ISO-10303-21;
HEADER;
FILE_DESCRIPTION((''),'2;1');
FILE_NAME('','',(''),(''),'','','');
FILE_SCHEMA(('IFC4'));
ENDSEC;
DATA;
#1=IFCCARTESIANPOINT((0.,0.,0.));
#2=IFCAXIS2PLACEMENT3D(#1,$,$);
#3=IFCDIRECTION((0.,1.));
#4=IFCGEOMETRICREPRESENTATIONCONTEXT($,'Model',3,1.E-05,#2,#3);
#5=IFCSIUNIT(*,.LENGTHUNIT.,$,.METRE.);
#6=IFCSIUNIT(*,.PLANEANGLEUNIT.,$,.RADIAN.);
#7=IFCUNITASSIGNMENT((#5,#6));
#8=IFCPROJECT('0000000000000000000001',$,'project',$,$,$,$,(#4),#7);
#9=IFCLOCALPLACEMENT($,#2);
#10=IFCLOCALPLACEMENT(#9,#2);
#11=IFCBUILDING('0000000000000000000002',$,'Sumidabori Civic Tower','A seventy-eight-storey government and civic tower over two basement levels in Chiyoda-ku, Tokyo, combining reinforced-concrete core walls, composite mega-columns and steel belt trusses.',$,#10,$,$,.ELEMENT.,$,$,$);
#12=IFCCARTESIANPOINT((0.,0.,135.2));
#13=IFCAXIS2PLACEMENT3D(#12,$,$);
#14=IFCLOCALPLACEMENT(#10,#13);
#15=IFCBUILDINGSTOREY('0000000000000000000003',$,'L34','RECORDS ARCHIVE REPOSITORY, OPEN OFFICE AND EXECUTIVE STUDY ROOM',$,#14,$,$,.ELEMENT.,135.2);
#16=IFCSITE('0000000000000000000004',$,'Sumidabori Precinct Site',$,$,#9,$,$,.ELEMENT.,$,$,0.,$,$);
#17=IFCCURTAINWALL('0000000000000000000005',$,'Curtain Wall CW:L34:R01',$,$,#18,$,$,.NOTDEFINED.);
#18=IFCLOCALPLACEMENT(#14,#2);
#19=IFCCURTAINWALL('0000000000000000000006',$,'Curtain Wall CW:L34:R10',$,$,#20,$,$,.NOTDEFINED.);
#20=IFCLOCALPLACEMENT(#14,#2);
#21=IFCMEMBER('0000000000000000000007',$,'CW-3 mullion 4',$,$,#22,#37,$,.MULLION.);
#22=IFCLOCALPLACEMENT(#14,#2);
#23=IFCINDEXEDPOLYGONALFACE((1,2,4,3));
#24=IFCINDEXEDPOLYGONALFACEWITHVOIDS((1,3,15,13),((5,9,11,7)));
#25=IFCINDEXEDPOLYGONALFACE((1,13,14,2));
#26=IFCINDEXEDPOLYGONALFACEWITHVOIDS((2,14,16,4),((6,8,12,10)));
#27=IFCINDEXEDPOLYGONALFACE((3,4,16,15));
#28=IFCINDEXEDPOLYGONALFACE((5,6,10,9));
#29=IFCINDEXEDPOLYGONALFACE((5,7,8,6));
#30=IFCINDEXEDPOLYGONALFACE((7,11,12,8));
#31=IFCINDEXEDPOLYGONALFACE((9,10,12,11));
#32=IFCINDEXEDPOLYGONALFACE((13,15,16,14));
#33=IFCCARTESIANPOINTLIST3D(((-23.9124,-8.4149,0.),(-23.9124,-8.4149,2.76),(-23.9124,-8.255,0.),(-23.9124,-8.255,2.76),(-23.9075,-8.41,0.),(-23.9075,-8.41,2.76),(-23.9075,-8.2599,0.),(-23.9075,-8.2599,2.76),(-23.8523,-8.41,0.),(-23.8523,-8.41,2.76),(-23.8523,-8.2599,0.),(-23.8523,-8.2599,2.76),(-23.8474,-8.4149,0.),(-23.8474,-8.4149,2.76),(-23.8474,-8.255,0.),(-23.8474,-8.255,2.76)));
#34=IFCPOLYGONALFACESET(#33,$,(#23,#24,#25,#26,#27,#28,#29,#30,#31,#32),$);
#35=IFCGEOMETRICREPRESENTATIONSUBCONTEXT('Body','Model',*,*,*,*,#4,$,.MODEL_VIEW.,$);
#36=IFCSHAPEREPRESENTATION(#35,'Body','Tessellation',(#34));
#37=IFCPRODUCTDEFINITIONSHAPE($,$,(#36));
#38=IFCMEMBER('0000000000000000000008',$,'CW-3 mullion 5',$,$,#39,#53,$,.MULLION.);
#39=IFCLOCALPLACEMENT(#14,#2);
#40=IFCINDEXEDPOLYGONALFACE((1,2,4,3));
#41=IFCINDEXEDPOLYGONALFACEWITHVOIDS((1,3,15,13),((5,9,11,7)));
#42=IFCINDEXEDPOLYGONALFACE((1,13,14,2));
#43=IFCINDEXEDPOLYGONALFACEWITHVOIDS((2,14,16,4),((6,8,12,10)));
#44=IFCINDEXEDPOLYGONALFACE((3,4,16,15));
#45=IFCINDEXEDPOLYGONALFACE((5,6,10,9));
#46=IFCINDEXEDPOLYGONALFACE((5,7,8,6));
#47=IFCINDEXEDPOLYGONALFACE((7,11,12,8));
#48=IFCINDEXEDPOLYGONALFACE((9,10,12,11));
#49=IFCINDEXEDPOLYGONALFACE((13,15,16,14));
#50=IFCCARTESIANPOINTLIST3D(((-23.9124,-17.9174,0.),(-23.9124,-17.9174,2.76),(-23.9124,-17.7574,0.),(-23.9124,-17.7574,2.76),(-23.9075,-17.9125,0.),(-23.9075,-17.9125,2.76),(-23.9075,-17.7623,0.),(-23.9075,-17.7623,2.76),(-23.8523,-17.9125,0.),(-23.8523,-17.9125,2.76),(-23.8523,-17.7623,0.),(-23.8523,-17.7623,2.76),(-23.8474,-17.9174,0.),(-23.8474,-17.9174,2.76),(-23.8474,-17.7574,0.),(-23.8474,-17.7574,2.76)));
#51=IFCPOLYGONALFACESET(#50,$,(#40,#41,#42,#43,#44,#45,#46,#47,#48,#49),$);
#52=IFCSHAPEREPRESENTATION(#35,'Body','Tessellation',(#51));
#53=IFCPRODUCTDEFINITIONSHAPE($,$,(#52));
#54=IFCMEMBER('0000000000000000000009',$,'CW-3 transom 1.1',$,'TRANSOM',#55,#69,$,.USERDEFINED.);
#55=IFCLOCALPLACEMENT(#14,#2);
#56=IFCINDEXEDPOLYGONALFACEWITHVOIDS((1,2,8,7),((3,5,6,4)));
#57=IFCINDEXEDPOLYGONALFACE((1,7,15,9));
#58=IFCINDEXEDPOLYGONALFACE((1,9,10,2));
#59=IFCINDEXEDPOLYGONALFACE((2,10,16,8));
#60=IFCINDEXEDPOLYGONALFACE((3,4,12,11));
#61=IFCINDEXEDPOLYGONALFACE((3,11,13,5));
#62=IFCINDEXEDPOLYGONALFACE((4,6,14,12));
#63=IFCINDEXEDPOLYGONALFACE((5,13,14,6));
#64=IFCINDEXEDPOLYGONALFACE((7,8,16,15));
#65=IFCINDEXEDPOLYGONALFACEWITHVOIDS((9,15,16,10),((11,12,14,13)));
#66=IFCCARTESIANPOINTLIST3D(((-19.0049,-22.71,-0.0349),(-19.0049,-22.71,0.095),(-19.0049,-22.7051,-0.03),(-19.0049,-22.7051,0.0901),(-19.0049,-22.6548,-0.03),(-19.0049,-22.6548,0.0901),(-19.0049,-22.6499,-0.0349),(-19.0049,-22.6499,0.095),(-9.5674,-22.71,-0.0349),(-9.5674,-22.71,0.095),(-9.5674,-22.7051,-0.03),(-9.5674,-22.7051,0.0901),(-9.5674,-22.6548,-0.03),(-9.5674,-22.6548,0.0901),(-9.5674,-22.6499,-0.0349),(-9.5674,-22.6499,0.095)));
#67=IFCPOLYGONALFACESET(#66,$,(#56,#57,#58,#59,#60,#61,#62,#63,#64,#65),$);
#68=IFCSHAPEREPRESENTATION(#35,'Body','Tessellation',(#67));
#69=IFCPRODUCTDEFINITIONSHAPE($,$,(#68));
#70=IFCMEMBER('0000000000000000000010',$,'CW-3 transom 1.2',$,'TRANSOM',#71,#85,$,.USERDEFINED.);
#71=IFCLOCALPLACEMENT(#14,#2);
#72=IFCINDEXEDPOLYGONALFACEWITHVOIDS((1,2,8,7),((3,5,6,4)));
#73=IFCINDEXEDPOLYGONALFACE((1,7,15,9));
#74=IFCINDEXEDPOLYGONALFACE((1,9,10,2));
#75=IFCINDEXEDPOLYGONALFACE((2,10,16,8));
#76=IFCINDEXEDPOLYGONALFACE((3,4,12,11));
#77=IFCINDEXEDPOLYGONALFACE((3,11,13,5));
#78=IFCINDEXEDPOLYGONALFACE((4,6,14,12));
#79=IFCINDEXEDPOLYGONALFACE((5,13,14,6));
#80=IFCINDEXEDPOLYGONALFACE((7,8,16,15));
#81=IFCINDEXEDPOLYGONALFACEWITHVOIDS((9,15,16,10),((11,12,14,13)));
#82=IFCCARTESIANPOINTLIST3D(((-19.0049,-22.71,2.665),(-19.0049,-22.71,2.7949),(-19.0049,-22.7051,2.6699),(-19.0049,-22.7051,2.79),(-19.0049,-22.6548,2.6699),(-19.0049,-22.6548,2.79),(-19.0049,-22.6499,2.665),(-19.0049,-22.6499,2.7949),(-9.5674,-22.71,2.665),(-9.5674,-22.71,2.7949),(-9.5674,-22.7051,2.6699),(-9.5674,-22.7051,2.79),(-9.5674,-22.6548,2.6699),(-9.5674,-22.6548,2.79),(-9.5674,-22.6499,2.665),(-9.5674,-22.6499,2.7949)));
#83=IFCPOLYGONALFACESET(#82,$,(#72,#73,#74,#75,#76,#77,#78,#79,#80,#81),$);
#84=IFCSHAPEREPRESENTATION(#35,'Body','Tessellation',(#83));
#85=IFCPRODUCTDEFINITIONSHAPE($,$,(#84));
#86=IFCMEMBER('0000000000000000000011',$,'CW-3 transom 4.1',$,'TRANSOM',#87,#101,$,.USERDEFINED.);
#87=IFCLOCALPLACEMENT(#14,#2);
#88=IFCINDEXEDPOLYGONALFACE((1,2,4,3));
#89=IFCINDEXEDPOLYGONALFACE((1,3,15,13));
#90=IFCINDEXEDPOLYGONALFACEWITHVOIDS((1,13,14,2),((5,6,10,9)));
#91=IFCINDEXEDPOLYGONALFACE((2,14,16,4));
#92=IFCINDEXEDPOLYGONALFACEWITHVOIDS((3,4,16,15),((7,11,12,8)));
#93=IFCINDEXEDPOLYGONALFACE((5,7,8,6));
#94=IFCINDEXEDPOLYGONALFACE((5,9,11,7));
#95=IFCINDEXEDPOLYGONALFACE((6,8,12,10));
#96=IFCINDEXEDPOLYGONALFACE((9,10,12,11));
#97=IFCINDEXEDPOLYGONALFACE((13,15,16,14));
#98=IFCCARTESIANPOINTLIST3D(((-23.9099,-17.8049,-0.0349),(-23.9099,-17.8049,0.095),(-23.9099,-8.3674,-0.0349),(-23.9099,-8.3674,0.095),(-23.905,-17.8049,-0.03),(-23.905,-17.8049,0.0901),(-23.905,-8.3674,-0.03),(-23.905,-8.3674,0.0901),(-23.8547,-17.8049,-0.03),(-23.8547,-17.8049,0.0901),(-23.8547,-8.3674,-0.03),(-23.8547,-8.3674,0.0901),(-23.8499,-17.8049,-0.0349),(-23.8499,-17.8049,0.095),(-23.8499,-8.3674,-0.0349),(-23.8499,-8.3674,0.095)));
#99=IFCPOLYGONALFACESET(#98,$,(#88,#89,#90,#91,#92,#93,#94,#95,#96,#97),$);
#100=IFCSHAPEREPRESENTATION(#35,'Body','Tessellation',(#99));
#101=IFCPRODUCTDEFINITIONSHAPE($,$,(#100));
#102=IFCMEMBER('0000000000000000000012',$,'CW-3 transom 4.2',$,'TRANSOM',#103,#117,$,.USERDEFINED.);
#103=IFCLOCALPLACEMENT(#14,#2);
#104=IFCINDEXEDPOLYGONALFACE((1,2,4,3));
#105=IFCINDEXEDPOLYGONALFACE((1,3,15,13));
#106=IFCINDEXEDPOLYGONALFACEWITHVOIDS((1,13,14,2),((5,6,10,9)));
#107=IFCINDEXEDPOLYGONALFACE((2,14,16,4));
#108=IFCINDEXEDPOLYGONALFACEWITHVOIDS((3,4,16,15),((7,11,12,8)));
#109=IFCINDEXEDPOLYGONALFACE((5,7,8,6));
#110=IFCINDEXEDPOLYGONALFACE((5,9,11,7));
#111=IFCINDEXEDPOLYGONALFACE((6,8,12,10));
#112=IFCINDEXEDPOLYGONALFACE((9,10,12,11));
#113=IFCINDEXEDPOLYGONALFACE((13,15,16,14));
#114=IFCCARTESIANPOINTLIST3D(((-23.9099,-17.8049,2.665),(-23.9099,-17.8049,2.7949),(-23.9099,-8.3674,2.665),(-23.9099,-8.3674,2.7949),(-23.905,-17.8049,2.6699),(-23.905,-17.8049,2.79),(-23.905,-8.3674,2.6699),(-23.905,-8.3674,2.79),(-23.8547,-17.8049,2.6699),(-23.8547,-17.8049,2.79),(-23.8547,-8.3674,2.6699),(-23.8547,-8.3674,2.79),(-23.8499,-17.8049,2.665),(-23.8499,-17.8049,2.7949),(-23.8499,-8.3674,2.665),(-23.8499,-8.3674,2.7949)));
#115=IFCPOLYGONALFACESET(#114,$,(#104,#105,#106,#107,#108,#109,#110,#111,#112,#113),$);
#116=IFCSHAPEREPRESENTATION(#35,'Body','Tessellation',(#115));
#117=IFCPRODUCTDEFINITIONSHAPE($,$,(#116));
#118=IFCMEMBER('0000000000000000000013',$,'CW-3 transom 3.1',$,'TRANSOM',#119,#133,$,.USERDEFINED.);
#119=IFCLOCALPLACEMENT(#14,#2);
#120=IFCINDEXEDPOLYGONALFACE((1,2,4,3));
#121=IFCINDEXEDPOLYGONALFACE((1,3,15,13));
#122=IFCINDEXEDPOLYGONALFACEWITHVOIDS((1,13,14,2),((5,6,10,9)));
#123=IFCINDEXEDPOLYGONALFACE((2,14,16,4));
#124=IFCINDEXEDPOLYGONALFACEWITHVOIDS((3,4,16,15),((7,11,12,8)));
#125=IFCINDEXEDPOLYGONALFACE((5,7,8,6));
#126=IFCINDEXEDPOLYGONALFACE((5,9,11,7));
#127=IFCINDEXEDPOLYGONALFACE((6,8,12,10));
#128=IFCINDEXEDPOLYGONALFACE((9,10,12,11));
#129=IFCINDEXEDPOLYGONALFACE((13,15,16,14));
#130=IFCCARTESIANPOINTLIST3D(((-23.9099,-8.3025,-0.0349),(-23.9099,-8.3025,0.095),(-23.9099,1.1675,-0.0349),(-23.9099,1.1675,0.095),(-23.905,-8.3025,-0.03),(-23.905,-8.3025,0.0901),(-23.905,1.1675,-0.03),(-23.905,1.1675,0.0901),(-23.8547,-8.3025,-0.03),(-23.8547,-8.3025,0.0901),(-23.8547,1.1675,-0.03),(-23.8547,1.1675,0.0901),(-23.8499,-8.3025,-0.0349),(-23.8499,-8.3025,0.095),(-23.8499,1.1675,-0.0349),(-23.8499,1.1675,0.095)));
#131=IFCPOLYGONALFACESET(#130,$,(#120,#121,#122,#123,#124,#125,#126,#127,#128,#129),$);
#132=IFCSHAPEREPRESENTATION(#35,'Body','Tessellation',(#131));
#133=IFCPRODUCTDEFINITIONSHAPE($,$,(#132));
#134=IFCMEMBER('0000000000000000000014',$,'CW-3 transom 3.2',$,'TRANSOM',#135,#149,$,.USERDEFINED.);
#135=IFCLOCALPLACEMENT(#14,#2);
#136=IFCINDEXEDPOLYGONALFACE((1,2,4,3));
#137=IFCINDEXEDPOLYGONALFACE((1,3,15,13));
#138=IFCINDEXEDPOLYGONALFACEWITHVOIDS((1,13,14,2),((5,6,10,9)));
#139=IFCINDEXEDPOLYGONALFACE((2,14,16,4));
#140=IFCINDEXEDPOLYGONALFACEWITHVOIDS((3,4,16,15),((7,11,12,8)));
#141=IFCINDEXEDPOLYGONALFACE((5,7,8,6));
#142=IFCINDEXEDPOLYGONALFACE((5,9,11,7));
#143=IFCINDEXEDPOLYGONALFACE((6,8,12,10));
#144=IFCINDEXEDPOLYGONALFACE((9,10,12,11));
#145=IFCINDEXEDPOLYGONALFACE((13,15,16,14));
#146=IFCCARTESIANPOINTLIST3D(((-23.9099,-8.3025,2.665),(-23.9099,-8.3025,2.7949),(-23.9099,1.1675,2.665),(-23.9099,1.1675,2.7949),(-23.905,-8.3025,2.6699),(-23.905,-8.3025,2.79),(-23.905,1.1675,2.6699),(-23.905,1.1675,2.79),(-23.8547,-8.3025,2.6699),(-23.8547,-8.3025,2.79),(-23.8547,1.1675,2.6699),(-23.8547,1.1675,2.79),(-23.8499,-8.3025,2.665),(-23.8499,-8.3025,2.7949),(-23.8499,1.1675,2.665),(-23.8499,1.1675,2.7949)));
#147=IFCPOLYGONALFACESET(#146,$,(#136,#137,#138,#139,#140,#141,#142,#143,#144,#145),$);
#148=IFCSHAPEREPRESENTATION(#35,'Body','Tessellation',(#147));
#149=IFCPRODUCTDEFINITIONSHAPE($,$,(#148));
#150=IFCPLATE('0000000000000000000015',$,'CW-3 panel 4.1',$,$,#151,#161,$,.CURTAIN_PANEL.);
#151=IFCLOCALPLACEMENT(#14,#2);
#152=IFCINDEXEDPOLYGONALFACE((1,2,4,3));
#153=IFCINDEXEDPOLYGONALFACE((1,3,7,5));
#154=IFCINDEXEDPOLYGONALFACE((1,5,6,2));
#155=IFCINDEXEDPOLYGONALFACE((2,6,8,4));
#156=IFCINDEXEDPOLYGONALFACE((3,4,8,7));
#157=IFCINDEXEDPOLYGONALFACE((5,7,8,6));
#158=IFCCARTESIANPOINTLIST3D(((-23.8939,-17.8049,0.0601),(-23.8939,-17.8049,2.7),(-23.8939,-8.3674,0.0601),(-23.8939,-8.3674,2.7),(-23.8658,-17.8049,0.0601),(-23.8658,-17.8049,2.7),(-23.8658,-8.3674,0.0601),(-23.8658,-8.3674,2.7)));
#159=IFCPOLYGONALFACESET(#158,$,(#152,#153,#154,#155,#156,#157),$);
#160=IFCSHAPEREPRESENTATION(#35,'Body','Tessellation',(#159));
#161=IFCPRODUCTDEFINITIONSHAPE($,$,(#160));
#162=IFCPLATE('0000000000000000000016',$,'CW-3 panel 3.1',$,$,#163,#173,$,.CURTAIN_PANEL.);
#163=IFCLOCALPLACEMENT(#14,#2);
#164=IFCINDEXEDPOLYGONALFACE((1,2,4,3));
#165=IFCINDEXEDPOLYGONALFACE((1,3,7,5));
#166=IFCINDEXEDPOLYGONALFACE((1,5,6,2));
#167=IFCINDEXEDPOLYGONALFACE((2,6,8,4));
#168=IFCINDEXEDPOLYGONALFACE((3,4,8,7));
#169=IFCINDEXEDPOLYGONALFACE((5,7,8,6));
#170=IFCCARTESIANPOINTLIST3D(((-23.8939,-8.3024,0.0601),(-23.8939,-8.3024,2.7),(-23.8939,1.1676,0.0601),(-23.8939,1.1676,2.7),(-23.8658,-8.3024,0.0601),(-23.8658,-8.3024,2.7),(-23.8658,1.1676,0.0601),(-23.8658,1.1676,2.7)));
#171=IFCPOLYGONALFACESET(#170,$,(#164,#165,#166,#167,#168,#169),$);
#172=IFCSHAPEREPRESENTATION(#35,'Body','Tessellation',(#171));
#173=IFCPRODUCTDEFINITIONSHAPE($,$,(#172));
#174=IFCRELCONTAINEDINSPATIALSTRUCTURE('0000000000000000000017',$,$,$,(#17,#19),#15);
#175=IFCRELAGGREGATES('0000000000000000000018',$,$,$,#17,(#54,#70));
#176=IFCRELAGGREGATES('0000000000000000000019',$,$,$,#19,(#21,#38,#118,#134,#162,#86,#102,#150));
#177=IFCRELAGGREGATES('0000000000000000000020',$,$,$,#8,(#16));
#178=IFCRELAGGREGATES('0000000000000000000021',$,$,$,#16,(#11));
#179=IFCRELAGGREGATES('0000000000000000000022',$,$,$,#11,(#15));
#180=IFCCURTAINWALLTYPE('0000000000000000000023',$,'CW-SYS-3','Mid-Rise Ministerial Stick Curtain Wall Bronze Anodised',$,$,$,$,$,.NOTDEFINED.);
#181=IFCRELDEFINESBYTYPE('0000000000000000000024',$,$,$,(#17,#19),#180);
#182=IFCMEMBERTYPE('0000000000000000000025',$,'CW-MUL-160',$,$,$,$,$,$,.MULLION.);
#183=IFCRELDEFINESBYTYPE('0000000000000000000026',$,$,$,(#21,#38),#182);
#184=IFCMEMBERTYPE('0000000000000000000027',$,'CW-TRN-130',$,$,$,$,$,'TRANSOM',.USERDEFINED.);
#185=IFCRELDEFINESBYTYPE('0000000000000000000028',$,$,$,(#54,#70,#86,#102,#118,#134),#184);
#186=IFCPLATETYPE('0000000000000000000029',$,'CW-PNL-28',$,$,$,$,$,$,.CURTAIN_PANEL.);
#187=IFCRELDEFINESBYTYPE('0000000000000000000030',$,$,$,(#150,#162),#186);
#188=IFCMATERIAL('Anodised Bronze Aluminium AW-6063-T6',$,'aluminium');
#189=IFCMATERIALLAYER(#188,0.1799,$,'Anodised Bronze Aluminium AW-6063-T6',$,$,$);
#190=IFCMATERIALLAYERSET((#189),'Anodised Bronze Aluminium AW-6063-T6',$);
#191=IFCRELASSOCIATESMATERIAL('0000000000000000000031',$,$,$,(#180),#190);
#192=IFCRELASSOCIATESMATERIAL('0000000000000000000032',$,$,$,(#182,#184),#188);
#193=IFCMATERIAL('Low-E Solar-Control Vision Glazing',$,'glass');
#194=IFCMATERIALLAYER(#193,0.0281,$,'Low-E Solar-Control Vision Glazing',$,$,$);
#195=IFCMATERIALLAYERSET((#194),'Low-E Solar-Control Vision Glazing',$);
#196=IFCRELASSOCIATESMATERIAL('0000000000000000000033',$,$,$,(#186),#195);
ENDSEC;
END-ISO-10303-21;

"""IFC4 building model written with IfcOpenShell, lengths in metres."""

from ifc_helpers import new_model, si_unit, direction, frame, origin, origin_2d, place, context, subcontext, project, spatial, rectangle, hollow_rectangle, extrude, source, transform, mapped, material, layer, layer_set, material_profile, profile_set, type_object, element, aggregate, save


model = new_model("IFC4")

# Units and contexts
model_context = context("Model", 3, precision=1e-05, world=origin(), true_north=direction((0.0, 1.0)))
body_context = subcontext(model_context, "Body", "Model", "MODEL_VIEW")
ifc_project = project(units=[si_unit("LENGTHUNIT", "METRE"), si_unit("PLANEANGLEUNIT", "RADIAN")], contexts=[model_context])

# Site, building, storey
site_placement = place(None, origin())
site = spatial("IfcSite", under=ifc_project, at=site_placement, Name="Sumidabori Precinct Site", CompositionType="ELEMENT", RefElevation=0.0)
building_placement = place(site_placement, origin())
building = spatial("IfcBuilding", under=site, at=building_placement, Name="Sumidabori Civic Tower", Description="A seventy-eight-storey government and civic tower over two basement levels in Chiyoda-ku, Tokyo, combining reinforced-concrete core walls, composite mega-columns and steel belt trusses.", CompositionType="ELEMENT")
storey_placement = place(building_placement, frame((0.0, 0.0, 135.2)))
storey = spatial("IfcBuildingStorey", under=building, at=storey_placement, Name="L34", Description="RECORDS ARCHIVE REPOSITORY, OPEN OFFICE AND EXECUTIVE STUDY ROOM", CompositionType="ELEMENT", Elevation=135.2)

# Curtain wall
ifc_material_1 = material(Name="Anodised Bronze Aluminium AW-6063-T6", Category="aluminium")
ifc_layer_1 = layer(ifc_material_1, 0.1799, Name="Anodised Bronze Aluminium AW-6063-T6")
ifc_layer_set_1 = layer_set([ifc_layer_1], Name="Anodised Bronze Aluminium AW-6063-T6")
curtain_wall_type = type_object("IfcCurtainWallType", Name="CW-SYS-3", Description="Mid-Rise Ministerial Stick Curtain Wall Bronze Anodised", PredefinedType="NOTDEFINED", material=ifc_layer_set_1)
curtain_wall_1_placement = place(storey_placement, origin())
curtain_wall_1 = element("IfcCurtainWall", 1, at=curtain_wall_1_placement, inside=storey, type_object=curtain_wall_type, Name="Curtain Wall CW:L34:R01", PredefinedType="NOTDEFINED")
ifc_material_profile_1 = material_profile(ifc_material_1, hollow_rectangle(XDim=0.0649, YDim=0.1599, WallThickness=0.0049, at=origin_2d()), Name="ALU MULLION 160x65")
ifc_profile_set_1 = profile_set([ifc_material_profile_1], Name="Anodised Bronze Aluminium AW-6063-T6")
member_type_1 = type_object("IfcMemberType", Name="CW-MUL-160", PredefinedType="MULLION", material=ifc_profile_set_1)
shared_shape_1 = source(origin(), body_context, "Body", "SweptSolid", [
    extrude(hollow_rectangle(XDim=0.0649, YDim=0.1599, WallThickness=0.0049, at=origin_2d()), origin(), (0.0, 0.0, 1.0), 2.76),
])

# Curtain wall, members
curtain_wall_2_placement = place(storey_placement, origin())
curtain_wall_2 = element("IfcCurtainWall", 2, at=curtain_wall_2_placement, inside=storey, type_object=curtain_wall_type, Name="Curtain Wall CW:L34:R10", PredefinedType="NOTDEFINED")
member_1_placement = place(storey_placement, frame((-23.8799, -8.335, 0.0), z_axis=(0.0, 0.0, 1.0), x_axis=(1.0, 0.0, 0.0)))
member_1 = element("IfcMember", 3, at=member_1_placement, type_object=member_type_1, Name="CW-3 mullion 4", PredefinedType="MULLION", context=body_context, shape_type="MappedRepresentation", body=[
    mapped(shared_shape_1, transform((0.0, 0.0, 0.0), x_axis=(1.0, 0.0, 0.0), y_axis=(0.0, 1.0, 0.0), z_axis=(0.0, 0.0, 1.0), scale=1.0)),
])
member_2_placement = place(storey_placement, frame((-23.8799, -17.8374, 0.0), z_axis=(0.0, 0.0, 1.0), x_axis=(1.0, 0.0, 0.0)))
member_2 = element("IfcMember", 4, at=member_2_placement, type_object=member_type_1, Name="CW-3 mullion 5", PredefinedType="MULLION", context=body_context, shape_type="MappedRepresentation", body=[
    mapped(shared_shape_1, transform((0.0, 0.0, 0.0), x_axis=(1.0, 0.0, 0.0), y_axis=(0.0, 1.0, 0.0), z_axis=(0.0, 0.0, 1.0), scale=1.0)),
])

# Members
ifc_material_profile_2 = material_profile(ifc_material_1, hollow_rectangle(XDim=0.0601, YDim=0.1299, WallThickness=0.0049, at=origin_2d()), Name="ALU TRANSOM 130x60")
ifc_profile_set_2 = profile_set([ifc_material_profile_2], Name="Anodised Bronze Aluminium AW-6063-T6")
member_type_2 = type_object("IfcMemberType", Name="CW-TRN-130", ElementType="TRANSOM", PredefinedType="USERDEFINED", material=ifc_profile_set_2)
shared_shape_2 = source(origin(), body_context, "Body", "SweptSolid", [
    extrude(hollow_rectangle(XDim=0.0601, YDim=0.1299, WallThickness=0.0049, at=origin_2d()), origin(), (0.0, 0.0, 1.0), 9.4375),
])
member_3_placement = place(storey_placement, frame((-19.0049, -22.6799, 0.03), z_axis=(1.0, 0.0, 0.0), x_axis=(0.0, 1.0, 0.0)))
member_3 = element("IfcMember", 5, at=member_3_placement, type_object=member_type_2, Name="CW-3 transom 1.1", ObjectType="TRANSOM", PredefinedType="USERDEFINED", context=body_context, shape_type="MappedRepresentation", body=[
    mapped(shared_shape_2, transform((0.0, 0.0, 0.0), x_axis=(1.0, 0.0, 0.0), y_axis=(0.0, 1.0, 0.0), z_axis=(0.0, 0.0, 1.0), scale=1.0)),
])
member_4_placement = place(storey_placement, frame((-19.0049, -22.6799, 2.73), z_axis=(1.0, 0.0, 0.0), x_axis=(0.0, 1.0, 0.0)))
member_4 = element("IfcMember", 6, at=member_4_placement, type_object=member_type_2, Name="CW-3 transom 1.2", ObjectType="TRANSOM", PredefinedType="USERDEFINED", context=body_context, shape_type="MappedRepresentation", body=[
    mapped(shared_shape_2, transform((0.0, 0.0, 0.0), x_axis=(1.0, 0.0, 0.0), y_axis=(0.0, 1.0, 0.0), z_axis=(0.0, 0.0, 1.0), scale=1.0)),
])
aggregate(curtain_wall_1, [member_3, member_4])
member_5_placement = place(storey_placement, frame((-23.8799, -8.3674, 0.03), z_axis=(0.0, -1.0, 0.0), x_axis=(1.0, 0.0, 0.0)))
member_5 = element("IfcMember", 7, at=member_5_placement, type_object=member_type_2, Name="CW-3 transom 4.1", ObjectType="TRANSOM", PredefinedType="USERDEFINED", context=body_context, shape_type="MappedRepresentation", body=[
    mapped(shared_shape_2, transform((0.0, 0.0, 0.0), x_axis=(1.0, 0.0, 0.0), y_axis=(0.0, 1.0, 0.0), z_axis=(0.0, 0.0, 1.0), scale=1.0)),
])
member_6_placement = place(storey_placement, frame((-23.8799, -8.3674, 2.73), z_axis=(0.0, -1.0, 0.0), x_axis=(1.0, 0.0, 0.0)))
member_6 = element("IfcMember", 8, at=member_6_placement, type_object=member_type_2, Name="CW-3 transom 4.2", ObjectType="TRANSOM", PredefinedType="USERDEFINED", context=body_context, shape_type="MappedRepresentation", body=[
    mapped(shared_shape_2, transform((0.0, 0.0, 0.0), x_axis=(1.0, 0.0, 0.0), y_axis=(0.0, 1.0, 0.0), z_axis=(0.0, 0.0, 1.0), scale=1.0)),
])
shared_shape_3 = source(origin(), body_context, "Body", "SweptSolid", [
    extrude(hollow_rectangle(XDim=0.0601, YDim=0.1299, WallThickness=0.0049, at=origin_2d()), origin(), (0.0, 0.0, 1.0), 9.47),
])
member_7_placement = place(storey_placement, frame((-23.8799, 1.1675, 0.03), z_axis=(0.0, -1.0, 0.0), x_axis=(1.0, 0.0, 0.0)))
member_7 = element("IfcMember", 9, at=member_7_placement, type_object=member_type_2, Name="CW-3 transom 3.1", ObjectType="TRANSOM", PredefinedType="USERDEFINED", context=body_context, shape_type="MappedRepresentation", body=[
    mapped(shared_shape_3, transform((0.0, 0.0, 0.0), x_axis=(1.0, 0.0, 0.0), y_axis=(0.0, 1.0, 0.0), z_axis=(0.0, 0.0, 1.0), scale=1.0)),
])
member_8_placement = place(storey_placement, frame((-23.8799, 1.1675, 2.73), z_axis=(0.0, -1.0, 0.0), x_axis=(1.0, 0.0, 0.0)))
member_8 = element("IfcMember", 10, at=member_8_placement, type_object=member_type_2, Name="CW-3 transom 3.2", ObjectType="TRANSOM", PredefinedType="USERDEFINED", context=body_context, shape_type="MappedRepresentation", body=[
    mapped(shared_shape_3, transform((0.0, 0.0, 0.0), x_axis=(1.0, 0.0, 0.0), y_axis=(0.0, 1.0, 0.0), z_axis=(0.0, 0.0, 1.0), scale=1.0)),
])

# Plates
ifc_material_2 = material(Name="Low-E Solar-Control Vision Glazing", Category="glass")
ifc_layer_2 = layer(ifc_material_2, 0.0281, Name="Low-E Solar-Control Vision Glazing")
ifc_layer_set_2 = layer_set([ifc_layer_2], Name="Low-E Solar-Control Vision Glazing")
plate_type = type_object("IfcPlateType", Name="CW-PNL-28", PredefinedType="CURTAIN_PANEL", material=ifc_layer_set_2)
shared_shape_4 = source(origin(), body_context, "Body", "SweptSolid", [
    extrude(rectangle(XDim=9.4375, YDim=0.0281, at=origin_2d()), origin(), (0.0, 0.0, 1.0), 2.6399),
])
plate_1_placement = place(storey_placement, frame((-23.8799, -13.0862, 0.0601), z_axis=(0.0, 0.0, 1.0), x_axis=(0.0, -1.0, 0.0)))
plate_1 = element("IfcPlate", 11, at=plate_1_placement, type_object=plate_type, Name="CW-3 panel 4.1", PredefinedType="CURTAIN_PANEL", context=body_context, shape_type="MappedRepresentation", body=[
    mapped(shared_shape_4, transform((0.0, 0.0, 0.0), x_axis=(1.0, 0.0, 0.0), y_axis=(0.0, 1.0, 0.0), z_axis=(0.0, 0.0, 1.0), scale=1.0)),
])
shared_shape_5 = source(origin(), body_context, "Body", "SweptSolid", [
    extrude(rectangle(XDim=9.47, YDim=0.0281, at=origin_2d()), origin(), (0.0, 0.0, 1.0), 2.6399),
])
plate_2_placement = place(storey_placement, frame((-23.8799, -3.5674, 0.0601), z_axis=(0.0, 0.0, 1.0), x_axis=(0.0, -1.0, 0.0)))
plate_2 = element("IfcPlate", 12, at=plate_2_placement, type_object=plate_type, Name="CW-3 panel 3.1", PredefinedType="CURTAIN_PANEL", context=body_context, shape_type="MappedRepresentation", body=[
    mapped(shared_shape_5, transform((0.0, 0.0, 0.0), x_axis=(1.0, 0.0, 0.0), y_axis=(0.0, 1.0, 0.0), z_axis=(0.0, 0.0, 1.0), scale=1.0)),
])
aggregate(curtain_wall_2, [member_1, member_2, member_7, member_8, plate_2, member_5, member_6, plate_1])

save(model, "model.ifc")
